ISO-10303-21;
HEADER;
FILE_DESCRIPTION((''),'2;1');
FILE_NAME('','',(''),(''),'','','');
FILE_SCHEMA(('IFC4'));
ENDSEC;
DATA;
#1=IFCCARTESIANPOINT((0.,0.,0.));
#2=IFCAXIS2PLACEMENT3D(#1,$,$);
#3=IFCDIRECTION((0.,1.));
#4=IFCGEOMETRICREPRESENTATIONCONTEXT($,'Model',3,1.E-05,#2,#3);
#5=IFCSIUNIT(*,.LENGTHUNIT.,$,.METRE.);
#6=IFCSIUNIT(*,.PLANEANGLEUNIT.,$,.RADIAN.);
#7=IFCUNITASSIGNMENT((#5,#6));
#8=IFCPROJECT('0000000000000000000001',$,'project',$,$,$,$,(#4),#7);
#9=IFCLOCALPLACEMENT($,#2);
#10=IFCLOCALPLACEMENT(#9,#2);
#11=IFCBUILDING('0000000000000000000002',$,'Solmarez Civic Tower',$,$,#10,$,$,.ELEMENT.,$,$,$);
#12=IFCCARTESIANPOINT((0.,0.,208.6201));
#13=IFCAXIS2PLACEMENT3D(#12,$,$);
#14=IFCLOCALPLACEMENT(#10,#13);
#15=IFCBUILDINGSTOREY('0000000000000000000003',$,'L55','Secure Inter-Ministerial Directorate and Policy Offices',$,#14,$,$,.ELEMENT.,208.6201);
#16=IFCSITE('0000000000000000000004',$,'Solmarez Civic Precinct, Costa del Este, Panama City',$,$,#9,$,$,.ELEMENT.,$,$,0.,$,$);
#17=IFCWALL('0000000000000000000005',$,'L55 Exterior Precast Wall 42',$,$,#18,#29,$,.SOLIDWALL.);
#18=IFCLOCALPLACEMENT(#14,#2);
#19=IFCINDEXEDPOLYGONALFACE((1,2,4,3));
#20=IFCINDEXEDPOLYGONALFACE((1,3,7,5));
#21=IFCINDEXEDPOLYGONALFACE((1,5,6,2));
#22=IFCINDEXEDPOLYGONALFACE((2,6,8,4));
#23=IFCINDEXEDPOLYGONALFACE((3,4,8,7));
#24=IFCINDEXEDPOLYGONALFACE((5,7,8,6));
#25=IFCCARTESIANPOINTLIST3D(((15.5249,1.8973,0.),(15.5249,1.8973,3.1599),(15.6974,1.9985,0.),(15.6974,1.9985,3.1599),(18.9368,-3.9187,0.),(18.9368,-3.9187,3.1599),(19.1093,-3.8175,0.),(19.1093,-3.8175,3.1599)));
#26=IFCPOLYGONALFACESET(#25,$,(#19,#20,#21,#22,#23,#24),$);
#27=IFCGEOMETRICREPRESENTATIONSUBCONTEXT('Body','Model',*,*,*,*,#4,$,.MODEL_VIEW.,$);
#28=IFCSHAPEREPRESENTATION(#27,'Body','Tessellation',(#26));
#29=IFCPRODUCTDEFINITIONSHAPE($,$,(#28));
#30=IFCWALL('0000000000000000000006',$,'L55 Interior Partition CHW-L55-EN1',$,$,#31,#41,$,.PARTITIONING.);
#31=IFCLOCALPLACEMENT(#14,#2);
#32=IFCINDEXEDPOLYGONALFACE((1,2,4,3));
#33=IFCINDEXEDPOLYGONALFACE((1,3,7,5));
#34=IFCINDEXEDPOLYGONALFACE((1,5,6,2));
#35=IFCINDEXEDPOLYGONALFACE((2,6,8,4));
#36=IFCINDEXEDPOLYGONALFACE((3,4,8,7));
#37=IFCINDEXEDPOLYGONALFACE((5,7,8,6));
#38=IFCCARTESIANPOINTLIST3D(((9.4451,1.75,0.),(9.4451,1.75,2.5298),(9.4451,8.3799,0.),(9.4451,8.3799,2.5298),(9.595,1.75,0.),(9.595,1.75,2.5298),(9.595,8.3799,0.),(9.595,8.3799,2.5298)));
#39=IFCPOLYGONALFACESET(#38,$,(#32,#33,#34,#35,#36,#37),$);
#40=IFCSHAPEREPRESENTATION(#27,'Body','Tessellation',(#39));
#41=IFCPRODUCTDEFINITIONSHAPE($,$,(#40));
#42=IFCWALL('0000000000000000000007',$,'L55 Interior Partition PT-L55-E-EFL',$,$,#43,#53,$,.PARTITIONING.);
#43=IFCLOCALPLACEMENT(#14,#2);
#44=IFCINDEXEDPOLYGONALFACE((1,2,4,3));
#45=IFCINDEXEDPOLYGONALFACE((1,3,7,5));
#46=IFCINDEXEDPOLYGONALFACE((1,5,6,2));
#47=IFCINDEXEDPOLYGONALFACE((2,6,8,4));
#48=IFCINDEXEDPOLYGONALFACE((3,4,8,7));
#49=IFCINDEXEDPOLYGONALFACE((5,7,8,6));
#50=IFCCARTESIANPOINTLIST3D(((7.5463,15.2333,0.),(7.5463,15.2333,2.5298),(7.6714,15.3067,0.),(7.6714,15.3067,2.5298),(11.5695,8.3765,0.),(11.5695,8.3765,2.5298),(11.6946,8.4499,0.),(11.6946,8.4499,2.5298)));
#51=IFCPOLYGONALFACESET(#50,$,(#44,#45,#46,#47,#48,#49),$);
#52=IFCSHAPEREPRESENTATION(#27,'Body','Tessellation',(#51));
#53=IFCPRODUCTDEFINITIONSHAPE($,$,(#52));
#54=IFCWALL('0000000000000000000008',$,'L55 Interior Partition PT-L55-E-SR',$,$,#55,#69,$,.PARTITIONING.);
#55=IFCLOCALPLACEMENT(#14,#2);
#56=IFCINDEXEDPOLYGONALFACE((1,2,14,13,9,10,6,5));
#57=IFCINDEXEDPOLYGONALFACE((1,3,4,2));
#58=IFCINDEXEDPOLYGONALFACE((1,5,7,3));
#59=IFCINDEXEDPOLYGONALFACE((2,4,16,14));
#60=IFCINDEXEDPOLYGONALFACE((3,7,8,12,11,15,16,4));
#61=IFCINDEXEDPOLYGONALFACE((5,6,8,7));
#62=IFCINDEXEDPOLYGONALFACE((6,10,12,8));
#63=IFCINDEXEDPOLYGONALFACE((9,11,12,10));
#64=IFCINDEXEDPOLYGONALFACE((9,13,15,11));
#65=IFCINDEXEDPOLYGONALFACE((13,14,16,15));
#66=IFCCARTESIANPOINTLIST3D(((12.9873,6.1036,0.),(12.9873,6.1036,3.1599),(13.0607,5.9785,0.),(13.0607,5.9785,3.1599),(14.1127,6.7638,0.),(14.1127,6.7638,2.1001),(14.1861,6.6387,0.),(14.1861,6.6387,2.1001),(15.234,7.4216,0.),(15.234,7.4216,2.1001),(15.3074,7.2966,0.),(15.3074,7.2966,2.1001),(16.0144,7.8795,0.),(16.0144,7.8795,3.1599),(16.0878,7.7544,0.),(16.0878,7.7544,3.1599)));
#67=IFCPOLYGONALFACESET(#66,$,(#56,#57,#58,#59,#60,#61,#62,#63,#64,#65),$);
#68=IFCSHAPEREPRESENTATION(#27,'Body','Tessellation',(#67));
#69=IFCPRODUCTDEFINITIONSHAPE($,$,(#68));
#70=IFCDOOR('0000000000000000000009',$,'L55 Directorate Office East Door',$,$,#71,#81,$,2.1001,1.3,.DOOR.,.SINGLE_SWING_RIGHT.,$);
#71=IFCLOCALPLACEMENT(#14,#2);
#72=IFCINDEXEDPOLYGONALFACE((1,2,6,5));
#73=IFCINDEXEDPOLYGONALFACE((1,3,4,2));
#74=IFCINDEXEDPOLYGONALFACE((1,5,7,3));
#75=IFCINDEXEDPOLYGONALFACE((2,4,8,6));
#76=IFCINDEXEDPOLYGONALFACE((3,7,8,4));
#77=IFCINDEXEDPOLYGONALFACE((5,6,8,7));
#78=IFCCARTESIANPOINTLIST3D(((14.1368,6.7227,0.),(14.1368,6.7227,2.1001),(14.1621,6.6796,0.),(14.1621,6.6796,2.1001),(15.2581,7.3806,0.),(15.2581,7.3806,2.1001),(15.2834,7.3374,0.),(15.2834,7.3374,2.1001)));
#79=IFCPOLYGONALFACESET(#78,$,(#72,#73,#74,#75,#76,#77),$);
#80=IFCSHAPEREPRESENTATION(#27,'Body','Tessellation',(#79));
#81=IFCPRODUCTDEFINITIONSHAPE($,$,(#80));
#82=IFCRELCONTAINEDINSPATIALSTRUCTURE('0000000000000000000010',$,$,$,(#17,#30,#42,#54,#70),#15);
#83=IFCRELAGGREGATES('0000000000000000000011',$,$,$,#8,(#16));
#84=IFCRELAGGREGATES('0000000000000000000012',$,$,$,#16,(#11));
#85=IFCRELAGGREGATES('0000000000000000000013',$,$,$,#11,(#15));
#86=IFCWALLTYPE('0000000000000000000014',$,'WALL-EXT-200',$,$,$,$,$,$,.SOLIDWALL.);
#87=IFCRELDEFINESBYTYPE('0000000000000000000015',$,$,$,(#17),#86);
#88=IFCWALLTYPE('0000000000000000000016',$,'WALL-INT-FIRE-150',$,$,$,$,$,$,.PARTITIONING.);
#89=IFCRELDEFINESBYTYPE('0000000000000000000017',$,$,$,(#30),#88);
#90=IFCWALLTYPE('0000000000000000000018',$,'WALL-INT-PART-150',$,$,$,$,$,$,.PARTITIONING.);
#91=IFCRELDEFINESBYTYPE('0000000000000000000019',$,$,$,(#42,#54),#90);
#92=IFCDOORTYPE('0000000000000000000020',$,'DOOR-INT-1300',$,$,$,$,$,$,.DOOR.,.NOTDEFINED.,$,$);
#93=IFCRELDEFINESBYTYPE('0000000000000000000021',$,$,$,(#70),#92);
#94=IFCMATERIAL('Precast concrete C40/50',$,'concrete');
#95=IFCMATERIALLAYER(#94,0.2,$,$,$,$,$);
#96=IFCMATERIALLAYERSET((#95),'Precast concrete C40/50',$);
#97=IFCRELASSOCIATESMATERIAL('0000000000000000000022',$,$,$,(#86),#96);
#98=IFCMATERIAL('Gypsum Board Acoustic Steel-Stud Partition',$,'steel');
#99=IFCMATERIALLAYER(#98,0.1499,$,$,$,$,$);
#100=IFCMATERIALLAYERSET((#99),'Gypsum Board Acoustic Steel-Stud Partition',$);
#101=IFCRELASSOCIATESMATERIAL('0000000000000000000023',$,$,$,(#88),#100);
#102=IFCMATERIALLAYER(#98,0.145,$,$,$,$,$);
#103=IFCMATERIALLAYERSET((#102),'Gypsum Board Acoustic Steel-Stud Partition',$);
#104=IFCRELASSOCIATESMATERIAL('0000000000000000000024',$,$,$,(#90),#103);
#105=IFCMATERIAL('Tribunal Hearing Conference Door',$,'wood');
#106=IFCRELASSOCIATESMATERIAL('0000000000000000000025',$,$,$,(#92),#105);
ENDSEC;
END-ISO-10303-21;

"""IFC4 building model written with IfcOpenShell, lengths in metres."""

from ifc_helpers import new_model, si_unit, direction, frame, frame_2d, origin, place, context, subcontext, project, spatial, rectangle, extrude, material, layer, layer_set, type_object, element, fill, save


model = new_model("IFC4")

# Units and contexts
model_context = context("Model", 3, precision=1e-05, world=origin(), true_north=direction((0.0, 1.0)))
body_context = subcontext(model_context, "Body", "Model", "MODEL_VIEW")
ifc_project = project(units=[si_unit("LENGTHUNIT", "METRE"), si_unit("PLANEANGLEUNIT", "RADIAN")], contexts=[model_context])

# Site, building, storey
site_placement = place(None, origin())
site = spatial("IfcSite", under=ifc_project, at=site_placement, Name="Solmarez Civic Precinct, Costa del Este, Panama City", CompositionType="ELEMENT", RefElevation=0.0)
building_placement = place(site_placement, origin())
building = spatial("IfcBuilding", under=site, at=building_placement, Name="Solmarez Civic Tower", CompositionType="ELEMENT")
storey_placement = place(building_placement, frame((0.0, 0.0, 208.6201)))
storey = spatial("IfcBuildingStorey", under=building, at=storey_placement, Name="L55", Description="Secure Inter-Ministerial Directorate and Policy Offices", CompositionType="ELEMENT", Elevation=208.6201)

# Shared definitions
ifc_material_1 = material(Name="Precast concrete C40/50", Category="concrete")
ifc_layer_1 = layer(ifc_material_1, 0.2)
ifc_layer_set_1 = layer_set([ifc_layer_1], Name="Precast concrete C40/50")
wall_type_1 = type_object("IfcWallType", Name="WALL-EXT-200", PredefinedType="SOLIDWALL", material=ifc_layer_set_1)

# Walls
wall_1_placement = place(storey_placement, frame((15.6111, 1.948, 0.0), z_axis=(0.0, 0.0, 1.0), x_axis=(0.505999, -0.862534, 0.0)))
element("IfcWall", 1, at=wall_1_placement, inside=storey, type_object=wall_type_1, Name="L55 Exterior Precast Wall 42", PredefinedType="SOLIDWALL", context=body_context, shape_type="SweptSolid", body=[
    extrude(rectangle(XDim=6.7429, YDim=0.2, at=frame_2d((3.3716, 0.0))), origin(), (0.0, 0.0, 1.0), 3.1599),
])
ifc_material_2 = material(Name="Gypsum Board Acoustic Steel-Stud Partition", Category="steel")
ifc_layer_2 = layer(ifc_material_2, 0.1499)
ifc_layer_set_2 = layer_set([ifc_layer_2], Name="Gypsum Board Acoustic Steel-Stud Partition")
wall_type_2 = type_object("IfcWallType", Name="WALL-INT-FIRE-150", PredefinedType="PARTITIONING", material=ifc_layer_set_2)
wall_2_placement = place(storey_placement, frame((9.52, 1.75, 0.0), z_axis=(0.0, 0.0, 1.0), x_axis=(0.0, 1.0, 0.0)))
element("IfcWall", 2, at=wall_2_placement, inside=storey, type_object=wall_type_2, Name="L55 Interior Partition CHW-L55-EN1", PredefinedType="PARTITIONING", context=body_context, shape_type="SweptSolid", body=[
    extrude(rectangle(XDim=6.6299, YDim=0.1499, at=frame_2d((3.3149, 0.0))), origin(), (0.0, 0.0, 1.0), 2.5298),
])
ifc_layer_3 = layer(ifc_material_2, 0.145)
ifc_layer_set_3 = layer_set([ifc_layer_3], Name="Gypsum Board Acoustic Steel-Stud Partition")
wall_type_3 = type_object("IfcWallType", Name="WALL-INT-PART-150", PredefinedType="PARTITIONING", material=ifc_layer_set_3)
wall_3_placement = place(storey_placement, frame((11.6321, 8.4131, 0.0), z_axis=(0.0, 0.0, 1.0), x_axis=(-0.506058, 0.8625, 0.0)))
element("IfcWall", 3, at=wall_3_placement, inside=storey, type_object=wall_type_3, Name="L55 Interior Partition PT-L55-E-EFL", PredefinedType="PARTITIONING", context=body_context, shape_type="SweptSolid", body=[
    extrude(rectangle(XDim=7.95, YDim=0.145, at=frame_2d((3.9751, 0.0))), origin(), (0.0, 0.0, 1.0), 2.5298),
])

# Wall, opening, door
wall_4_placement = place(storey_placement, frame((13.0239, 6.041, 0.0), z_axis=(0.0, 0.0, 1.0), x_axis=(0.862527, 0.50601, 0.0)))
wall_4 = element("IfcWall", 4, at=wall_4_placement, inside=storey, type_object=wall_type_3, Name="L55 Interior Partition PT-L55-E-SR", PredefinedType="PARTITIONING", context=body_context, shape_type="SweptSolid", body=[
    extrude(rectangle(XDim=3.5095, YDim=0.145, at=frame_2d((1.7549, 0.0))), origin(), (0.0, 0.0, 1.0), 3.1599),
])
opening_1_placement = place(wall_4_placement, frame((1.3049, 0.0, 0.0)))
opening_1 = element("IfcOpeningElement", 5, at=opening_1_placement, cuts=wall_4, PredefinedType="OPENING", context=body_context, shape_type="SweptSolid", body=[
    extrude(rectangle(XDim=1.3, YDim=2.1001, at=frame_2d((0.6499, 1.05))), frame((0.0, 0.0825, 0.0), z_axis=(0.0, -1.0, 0.0), x_axis=(1.0, 0.0, 0.0)), (0.0, 0.0, 1.0), 0.165),
])
ifc_material_3 = material(Name="Tribunal Hearing Conference Door", Category="wood")
door_type = type_object("IfcDoorType", Name="DOOR-INT-1300", OperationType="NOTDEFINED", PredefinedType="DOOR", material=ifc_material_3)
door_placement = place(opening_1_placement, origin())
door = element("IfcDoor", 6, at=door_placement, inside=storey, type_object=door_type, Name="L55 Directorate Office East Door", OperationType="SINGLE_SWING_RIGHT", OverallHeight=2.1001, OverallWidth=1.3, PredefinedType="DOOR", context=body_context, shape_type="SweptSolid", body=[
    extrude(rectangle(XDim=1.3, YDim=2.1001, at=frame_2d((0.6499, 1.05))), frame((0.0, 0.0249, 0.0), z_axis=(0.0, -1.0, 0.0), x_axis=(1.0, 0.0, 0.0)), (0.0, 0.0, 1.0), 0.05),
])
fill(opening_1, door)

save(model, "model.ifc")
